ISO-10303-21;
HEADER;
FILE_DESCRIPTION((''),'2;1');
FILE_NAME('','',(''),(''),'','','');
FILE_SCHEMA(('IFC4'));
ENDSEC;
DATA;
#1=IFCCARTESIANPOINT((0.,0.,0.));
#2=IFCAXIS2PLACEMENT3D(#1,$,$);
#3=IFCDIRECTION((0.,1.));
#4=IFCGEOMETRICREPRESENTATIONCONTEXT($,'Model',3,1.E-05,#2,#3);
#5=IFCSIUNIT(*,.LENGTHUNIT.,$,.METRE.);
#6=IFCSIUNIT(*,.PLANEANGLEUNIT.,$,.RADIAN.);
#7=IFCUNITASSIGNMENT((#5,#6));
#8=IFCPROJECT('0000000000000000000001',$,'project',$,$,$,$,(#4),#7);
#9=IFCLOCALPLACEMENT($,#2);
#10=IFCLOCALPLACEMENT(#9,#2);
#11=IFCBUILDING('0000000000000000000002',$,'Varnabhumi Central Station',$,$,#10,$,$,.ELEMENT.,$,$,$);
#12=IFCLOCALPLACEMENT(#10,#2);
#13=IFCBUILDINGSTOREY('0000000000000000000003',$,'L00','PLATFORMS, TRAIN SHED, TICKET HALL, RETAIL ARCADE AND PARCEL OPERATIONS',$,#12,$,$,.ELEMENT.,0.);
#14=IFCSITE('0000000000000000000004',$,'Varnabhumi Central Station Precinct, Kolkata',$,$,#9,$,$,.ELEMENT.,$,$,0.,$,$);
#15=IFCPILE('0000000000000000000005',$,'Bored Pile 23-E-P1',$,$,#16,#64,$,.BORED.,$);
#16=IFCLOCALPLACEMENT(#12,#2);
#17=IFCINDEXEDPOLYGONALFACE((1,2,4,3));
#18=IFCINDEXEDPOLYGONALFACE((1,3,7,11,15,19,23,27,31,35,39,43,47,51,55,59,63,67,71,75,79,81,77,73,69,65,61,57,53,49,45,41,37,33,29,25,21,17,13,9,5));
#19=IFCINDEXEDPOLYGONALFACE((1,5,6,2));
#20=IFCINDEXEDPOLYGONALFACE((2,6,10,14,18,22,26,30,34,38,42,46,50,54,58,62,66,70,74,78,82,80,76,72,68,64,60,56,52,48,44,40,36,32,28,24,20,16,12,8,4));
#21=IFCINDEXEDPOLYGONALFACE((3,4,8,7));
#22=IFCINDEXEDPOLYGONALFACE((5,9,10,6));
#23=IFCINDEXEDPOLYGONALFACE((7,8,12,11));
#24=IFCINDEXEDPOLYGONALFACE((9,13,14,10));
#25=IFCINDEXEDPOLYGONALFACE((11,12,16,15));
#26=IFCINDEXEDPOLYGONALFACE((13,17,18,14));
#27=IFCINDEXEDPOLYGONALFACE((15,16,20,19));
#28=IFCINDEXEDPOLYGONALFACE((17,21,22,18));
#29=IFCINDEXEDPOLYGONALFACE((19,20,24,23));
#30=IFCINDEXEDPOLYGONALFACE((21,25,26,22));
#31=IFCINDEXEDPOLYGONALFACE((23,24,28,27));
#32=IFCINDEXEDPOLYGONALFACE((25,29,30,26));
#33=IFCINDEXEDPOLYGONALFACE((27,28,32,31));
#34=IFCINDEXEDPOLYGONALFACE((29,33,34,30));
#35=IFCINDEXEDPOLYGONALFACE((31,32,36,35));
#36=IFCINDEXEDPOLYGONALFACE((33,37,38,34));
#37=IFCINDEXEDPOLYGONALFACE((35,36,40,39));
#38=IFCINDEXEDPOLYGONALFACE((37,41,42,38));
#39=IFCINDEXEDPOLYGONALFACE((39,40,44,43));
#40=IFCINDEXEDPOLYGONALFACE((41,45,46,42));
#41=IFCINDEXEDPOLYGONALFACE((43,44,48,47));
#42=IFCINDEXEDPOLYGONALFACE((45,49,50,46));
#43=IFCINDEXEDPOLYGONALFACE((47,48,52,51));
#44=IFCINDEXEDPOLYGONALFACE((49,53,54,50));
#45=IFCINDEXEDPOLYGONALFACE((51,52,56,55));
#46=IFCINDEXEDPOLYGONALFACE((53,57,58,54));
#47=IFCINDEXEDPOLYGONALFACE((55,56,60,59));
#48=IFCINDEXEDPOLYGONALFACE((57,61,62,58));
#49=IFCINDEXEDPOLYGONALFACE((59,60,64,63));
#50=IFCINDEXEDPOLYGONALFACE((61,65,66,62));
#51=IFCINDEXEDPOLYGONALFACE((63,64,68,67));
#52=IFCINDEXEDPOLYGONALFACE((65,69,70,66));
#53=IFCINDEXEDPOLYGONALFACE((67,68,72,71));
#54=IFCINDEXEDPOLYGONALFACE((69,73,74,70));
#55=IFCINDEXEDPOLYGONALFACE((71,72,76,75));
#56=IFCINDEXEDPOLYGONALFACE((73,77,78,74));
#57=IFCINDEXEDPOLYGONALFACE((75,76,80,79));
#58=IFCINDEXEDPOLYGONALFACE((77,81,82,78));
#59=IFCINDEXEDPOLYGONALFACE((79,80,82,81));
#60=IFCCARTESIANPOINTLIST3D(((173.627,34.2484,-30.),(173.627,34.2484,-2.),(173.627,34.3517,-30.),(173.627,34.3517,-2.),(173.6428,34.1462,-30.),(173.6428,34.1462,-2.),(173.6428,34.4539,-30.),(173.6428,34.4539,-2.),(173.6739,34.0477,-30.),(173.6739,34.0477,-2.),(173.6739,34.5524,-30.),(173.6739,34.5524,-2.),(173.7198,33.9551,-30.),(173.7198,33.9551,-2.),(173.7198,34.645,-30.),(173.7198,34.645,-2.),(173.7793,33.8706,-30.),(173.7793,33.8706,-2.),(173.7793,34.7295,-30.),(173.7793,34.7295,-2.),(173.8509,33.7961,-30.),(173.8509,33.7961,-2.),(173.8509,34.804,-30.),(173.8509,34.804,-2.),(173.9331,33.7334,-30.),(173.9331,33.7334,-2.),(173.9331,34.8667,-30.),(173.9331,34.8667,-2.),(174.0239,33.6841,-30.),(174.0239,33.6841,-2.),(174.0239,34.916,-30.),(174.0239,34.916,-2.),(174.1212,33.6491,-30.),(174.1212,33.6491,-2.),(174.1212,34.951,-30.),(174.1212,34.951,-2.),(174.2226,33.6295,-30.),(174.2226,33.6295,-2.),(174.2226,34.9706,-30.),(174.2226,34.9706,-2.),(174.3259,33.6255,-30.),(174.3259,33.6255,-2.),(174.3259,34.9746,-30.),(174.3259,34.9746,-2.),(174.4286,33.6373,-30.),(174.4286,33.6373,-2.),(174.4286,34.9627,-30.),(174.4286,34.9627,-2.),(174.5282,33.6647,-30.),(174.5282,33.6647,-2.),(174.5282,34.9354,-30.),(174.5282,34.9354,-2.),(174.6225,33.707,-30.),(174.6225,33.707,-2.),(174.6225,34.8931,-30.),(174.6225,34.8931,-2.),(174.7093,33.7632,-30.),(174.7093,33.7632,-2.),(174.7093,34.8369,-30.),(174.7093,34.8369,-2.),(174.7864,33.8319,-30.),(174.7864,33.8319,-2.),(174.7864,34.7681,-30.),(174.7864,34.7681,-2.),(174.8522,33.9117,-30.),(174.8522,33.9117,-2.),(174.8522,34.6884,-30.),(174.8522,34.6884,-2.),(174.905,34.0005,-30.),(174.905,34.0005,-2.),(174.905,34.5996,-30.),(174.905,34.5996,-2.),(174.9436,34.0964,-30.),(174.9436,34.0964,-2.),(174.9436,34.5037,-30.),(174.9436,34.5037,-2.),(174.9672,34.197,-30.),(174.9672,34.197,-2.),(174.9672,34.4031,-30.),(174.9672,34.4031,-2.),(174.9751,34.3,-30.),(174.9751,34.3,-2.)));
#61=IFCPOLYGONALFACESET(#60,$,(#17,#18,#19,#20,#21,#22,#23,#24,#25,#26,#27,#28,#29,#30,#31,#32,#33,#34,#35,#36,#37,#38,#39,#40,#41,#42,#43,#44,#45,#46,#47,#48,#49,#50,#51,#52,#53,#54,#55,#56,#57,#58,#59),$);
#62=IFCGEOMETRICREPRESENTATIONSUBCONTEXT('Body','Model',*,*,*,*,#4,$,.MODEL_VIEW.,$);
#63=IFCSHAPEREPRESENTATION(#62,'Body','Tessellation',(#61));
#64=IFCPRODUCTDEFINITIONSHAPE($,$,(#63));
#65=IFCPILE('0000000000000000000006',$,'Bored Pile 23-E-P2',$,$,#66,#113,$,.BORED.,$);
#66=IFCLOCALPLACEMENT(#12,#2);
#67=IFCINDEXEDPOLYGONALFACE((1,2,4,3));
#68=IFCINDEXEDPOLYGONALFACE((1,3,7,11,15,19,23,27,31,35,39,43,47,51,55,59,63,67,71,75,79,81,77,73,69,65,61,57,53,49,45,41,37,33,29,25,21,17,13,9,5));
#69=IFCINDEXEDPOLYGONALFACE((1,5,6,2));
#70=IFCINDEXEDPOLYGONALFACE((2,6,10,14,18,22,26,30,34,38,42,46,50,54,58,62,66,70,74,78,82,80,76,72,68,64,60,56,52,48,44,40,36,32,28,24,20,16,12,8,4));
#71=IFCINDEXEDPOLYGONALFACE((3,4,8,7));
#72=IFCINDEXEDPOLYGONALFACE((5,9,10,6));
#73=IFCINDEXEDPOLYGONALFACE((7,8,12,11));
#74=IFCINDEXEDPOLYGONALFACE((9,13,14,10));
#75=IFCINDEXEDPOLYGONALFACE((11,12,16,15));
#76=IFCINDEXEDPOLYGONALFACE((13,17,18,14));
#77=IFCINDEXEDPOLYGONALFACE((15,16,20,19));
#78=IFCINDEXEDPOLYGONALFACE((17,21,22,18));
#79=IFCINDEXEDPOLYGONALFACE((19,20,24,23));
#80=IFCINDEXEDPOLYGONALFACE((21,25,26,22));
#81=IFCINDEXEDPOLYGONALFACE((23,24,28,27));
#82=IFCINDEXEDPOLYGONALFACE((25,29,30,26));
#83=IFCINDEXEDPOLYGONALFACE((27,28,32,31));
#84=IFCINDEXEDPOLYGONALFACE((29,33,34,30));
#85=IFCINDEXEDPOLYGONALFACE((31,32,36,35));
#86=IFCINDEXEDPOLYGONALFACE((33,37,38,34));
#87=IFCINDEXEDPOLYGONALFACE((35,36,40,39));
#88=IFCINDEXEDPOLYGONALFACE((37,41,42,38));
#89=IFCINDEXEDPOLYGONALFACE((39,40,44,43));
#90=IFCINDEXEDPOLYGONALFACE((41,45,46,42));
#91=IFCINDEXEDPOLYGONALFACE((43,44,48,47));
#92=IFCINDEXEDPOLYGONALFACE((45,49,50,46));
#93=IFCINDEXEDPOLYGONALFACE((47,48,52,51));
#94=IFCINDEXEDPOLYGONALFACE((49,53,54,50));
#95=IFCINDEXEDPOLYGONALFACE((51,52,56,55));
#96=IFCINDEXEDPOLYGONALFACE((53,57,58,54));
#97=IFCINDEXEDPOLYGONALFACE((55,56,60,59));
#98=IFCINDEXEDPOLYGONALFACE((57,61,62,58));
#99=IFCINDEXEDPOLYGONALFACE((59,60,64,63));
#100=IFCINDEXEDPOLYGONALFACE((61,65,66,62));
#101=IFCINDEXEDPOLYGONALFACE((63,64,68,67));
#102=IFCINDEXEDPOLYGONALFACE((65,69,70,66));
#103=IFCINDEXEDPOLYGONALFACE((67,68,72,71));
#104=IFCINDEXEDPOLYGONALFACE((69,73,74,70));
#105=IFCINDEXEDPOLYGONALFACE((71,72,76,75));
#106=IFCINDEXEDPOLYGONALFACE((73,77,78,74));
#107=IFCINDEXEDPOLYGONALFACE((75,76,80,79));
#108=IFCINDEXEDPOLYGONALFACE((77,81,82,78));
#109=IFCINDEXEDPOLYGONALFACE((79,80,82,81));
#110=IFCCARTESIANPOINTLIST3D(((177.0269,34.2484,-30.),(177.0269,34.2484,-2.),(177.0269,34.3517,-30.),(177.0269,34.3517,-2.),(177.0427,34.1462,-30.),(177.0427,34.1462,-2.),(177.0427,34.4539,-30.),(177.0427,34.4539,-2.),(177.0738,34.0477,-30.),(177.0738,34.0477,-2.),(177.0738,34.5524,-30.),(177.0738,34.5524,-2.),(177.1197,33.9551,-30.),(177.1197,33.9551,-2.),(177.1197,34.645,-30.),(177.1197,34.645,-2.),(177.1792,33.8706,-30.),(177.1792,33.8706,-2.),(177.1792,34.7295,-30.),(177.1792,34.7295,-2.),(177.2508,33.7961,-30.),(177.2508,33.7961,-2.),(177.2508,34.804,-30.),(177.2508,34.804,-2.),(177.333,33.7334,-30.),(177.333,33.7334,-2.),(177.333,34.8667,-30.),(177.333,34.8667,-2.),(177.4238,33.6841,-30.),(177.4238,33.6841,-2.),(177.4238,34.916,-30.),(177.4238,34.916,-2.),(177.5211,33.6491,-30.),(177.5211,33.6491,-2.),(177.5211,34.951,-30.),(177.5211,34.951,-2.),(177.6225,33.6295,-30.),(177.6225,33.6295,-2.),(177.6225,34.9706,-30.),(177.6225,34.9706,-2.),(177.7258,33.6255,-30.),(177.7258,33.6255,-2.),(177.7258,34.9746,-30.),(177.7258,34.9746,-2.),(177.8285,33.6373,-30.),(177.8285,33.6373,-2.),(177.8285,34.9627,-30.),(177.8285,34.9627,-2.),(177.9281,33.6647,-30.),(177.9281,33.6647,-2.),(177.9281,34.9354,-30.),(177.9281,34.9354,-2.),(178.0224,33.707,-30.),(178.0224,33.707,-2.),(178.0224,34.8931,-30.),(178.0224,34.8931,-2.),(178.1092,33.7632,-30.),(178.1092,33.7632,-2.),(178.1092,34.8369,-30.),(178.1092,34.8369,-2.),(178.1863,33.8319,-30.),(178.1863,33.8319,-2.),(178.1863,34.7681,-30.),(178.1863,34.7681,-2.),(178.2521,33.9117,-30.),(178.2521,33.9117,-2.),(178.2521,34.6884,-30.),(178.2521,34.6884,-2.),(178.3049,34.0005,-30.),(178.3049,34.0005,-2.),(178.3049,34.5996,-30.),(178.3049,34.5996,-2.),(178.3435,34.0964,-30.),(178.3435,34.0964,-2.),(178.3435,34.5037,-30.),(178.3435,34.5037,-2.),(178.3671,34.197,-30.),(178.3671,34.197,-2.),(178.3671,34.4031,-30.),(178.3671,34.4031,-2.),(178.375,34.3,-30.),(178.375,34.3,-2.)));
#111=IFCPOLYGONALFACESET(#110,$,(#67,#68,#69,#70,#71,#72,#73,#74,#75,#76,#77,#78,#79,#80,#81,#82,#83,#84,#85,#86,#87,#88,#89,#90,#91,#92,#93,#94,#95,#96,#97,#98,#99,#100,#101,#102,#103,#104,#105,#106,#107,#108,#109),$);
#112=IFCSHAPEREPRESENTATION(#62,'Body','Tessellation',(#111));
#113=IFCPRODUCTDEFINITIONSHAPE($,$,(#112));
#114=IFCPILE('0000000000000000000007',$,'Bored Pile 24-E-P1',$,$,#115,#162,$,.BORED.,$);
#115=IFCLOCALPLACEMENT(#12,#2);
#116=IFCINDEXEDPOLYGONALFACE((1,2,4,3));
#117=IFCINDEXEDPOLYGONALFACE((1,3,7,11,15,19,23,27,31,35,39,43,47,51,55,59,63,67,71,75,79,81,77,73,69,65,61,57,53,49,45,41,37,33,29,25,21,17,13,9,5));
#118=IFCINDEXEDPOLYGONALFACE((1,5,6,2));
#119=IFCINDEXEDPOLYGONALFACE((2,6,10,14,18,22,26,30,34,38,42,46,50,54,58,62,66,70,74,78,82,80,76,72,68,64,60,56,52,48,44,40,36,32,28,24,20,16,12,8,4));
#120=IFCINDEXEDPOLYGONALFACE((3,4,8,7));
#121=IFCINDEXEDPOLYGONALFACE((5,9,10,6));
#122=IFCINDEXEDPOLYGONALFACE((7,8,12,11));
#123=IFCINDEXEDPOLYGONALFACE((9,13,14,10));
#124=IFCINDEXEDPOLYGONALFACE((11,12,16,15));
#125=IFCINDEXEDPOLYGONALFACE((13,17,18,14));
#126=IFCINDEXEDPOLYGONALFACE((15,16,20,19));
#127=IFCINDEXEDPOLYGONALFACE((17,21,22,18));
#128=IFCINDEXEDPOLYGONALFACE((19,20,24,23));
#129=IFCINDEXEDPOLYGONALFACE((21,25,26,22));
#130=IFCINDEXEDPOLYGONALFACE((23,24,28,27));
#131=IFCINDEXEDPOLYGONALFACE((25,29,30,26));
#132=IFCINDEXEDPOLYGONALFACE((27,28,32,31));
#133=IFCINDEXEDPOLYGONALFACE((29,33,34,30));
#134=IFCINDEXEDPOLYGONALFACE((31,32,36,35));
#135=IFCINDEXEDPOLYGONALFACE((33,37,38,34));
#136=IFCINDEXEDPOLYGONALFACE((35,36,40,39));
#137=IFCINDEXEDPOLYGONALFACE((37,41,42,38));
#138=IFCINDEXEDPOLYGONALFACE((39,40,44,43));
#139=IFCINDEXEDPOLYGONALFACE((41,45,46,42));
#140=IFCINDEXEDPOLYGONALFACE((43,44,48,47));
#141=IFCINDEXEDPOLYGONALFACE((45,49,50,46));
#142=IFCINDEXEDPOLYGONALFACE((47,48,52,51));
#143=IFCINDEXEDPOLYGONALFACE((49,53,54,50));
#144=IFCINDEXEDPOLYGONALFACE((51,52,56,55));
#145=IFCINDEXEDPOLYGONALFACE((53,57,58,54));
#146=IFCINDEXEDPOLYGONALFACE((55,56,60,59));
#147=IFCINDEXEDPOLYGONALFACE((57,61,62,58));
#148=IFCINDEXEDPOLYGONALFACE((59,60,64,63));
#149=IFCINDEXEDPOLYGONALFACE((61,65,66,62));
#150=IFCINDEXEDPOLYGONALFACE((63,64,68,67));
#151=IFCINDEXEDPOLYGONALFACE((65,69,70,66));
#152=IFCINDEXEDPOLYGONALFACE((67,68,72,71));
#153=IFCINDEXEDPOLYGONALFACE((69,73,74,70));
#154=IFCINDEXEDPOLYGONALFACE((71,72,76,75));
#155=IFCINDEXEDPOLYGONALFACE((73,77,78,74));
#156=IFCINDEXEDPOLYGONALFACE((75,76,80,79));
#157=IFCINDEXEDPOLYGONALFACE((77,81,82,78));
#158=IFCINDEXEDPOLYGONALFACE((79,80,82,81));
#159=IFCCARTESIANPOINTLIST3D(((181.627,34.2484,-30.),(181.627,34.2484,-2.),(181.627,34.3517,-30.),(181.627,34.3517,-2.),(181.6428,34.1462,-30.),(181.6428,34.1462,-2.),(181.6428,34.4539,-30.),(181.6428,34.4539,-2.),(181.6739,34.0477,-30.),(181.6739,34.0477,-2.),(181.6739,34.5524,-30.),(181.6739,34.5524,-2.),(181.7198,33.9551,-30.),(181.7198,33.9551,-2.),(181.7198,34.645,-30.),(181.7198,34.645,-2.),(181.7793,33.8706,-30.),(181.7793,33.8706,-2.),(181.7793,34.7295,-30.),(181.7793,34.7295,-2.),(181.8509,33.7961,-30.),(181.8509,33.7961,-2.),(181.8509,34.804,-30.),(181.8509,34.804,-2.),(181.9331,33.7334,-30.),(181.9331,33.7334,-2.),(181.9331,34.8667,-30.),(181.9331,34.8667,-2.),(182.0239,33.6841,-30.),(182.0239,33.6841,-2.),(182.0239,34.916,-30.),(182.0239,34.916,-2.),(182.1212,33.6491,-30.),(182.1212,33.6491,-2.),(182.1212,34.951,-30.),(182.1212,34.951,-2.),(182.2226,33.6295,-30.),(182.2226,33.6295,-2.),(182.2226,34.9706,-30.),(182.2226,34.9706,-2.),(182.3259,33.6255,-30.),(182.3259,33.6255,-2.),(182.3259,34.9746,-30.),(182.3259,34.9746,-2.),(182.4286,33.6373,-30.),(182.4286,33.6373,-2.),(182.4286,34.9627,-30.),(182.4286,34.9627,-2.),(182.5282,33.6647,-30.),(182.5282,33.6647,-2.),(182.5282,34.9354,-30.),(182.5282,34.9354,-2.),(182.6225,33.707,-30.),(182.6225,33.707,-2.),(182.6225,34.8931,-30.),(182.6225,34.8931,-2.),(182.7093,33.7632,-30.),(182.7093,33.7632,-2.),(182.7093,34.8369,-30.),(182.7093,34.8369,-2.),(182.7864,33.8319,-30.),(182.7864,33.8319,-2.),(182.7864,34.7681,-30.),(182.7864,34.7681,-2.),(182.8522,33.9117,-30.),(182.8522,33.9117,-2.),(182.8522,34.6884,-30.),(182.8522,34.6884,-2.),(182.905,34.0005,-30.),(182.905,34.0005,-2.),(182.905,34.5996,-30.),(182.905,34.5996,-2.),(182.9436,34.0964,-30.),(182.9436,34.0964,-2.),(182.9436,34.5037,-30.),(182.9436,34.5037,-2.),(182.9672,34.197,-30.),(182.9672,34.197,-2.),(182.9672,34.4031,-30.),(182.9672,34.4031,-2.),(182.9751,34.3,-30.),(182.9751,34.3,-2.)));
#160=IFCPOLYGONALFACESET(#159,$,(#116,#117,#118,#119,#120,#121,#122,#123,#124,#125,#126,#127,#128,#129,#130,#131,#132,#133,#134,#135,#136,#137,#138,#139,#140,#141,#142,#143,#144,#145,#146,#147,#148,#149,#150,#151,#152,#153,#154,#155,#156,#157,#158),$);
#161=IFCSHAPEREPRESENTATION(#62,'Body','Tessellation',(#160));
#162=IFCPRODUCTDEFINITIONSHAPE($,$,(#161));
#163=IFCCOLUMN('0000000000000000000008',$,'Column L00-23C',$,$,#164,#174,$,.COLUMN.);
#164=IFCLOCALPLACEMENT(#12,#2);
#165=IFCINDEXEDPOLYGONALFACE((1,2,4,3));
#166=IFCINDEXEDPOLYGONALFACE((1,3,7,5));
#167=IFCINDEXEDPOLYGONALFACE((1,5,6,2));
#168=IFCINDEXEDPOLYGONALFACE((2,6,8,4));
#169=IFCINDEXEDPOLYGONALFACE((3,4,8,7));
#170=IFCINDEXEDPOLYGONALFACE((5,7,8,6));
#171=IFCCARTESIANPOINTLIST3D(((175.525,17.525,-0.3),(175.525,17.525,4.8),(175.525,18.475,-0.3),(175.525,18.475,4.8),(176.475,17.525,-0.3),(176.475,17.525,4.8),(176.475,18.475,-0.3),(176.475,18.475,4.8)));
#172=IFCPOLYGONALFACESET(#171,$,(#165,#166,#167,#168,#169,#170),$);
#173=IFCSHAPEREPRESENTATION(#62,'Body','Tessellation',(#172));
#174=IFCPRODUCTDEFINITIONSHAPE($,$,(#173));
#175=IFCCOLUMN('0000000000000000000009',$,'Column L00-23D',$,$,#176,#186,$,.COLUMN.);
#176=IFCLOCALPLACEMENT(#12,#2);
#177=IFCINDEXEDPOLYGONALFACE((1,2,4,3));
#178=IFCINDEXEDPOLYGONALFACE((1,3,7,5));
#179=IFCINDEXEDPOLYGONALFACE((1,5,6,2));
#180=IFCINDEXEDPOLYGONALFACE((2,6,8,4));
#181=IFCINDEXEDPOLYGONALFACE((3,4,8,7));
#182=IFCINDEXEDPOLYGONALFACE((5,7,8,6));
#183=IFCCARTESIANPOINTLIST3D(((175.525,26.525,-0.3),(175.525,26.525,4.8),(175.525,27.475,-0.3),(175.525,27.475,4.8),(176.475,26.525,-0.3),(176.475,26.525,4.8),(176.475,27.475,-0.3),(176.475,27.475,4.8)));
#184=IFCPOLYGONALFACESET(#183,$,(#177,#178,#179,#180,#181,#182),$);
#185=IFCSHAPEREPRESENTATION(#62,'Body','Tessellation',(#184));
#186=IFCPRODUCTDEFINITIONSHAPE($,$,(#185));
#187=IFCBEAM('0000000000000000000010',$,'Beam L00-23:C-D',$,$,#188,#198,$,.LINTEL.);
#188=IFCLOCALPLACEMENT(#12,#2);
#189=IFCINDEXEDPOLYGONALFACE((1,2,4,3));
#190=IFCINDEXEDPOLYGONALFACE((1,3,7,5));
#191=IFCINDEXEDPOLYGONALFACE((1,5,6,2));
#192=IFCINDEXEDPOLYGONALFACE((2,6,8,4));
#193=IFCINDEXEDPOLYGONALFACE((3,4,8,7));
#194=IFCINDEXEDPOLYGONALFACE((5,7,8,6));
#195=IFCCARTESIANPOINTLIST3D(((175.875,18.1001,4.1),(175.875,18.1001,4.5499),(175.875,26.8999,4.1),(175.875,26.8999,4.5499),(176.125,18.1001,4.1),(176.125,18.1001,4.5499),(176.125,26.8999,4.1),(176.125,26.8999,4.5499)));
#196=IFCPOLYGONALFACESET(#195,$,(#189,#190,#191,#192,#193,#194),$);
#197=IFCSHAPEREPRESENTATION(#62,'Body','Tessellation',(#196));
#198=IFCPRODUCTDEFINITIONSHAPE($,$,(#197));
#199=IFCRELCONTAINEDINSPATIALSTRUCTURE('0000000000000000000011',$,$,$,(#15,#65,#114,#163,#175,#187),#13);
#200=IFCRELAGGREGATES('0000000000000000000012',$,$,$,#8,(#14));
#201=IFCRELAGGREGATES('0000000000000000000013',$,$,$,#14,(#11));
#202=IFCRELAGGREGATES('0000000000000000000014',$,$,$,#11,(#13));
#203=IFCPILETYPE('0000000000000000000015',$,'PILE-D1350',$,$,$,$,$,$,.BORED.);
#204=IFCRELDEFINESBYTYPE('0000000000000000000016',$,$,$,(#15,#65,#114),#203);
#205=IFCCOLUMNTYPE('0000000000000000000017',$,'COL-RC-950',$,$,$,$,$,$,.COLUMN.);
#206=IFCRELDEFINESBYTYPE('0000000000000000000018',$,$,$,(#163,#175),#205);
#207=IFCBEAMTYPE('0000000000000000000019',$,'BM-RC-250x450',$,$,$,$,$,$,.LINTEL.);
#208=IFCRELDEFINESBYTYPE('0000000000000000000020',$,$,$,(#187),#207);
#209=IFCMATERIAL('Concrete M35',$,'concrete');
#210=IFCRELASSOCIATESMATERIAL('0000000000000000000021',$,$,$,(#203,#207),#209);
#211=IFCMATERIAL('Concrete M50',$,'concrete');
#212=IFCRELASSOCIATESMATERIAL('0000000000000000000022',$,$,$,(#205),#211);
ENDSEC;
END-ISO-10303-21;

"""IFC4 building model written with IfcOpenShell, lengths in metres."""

from ifc_helpers import new_model, si_unit, direction, frame, origin, origin_2d, place, context, subcontext, project, spatial, rectangle, circle, extrude, material, material_profile, profile_set, type_object, element, save


model = new_model("IFC4")

# Units and contexts
model_context = context("Model", 3, precision=1e-05, world=origin(), true_north=direction((0.0, 1.0)))
body_context = subcontext(model_context, "Body", "Model", "MODEL_VIEW")
ifc_project = project(units=[si_unit("LENGTHUNIT", "METRE"), si_unit("PLANEANGLEUNIT", "RADIAN")], contexts=[model_context])

# Site, building, storey
site_placement = place(None, origin())
site = spatial("IfcSite", under=ifc_project, at=site_placement, Name="Varnabhumi Central Station Precinct, Kolkata", CompositionType="ELEMENT", RefElevation=0.0)
building_placement = place(site_placement, origin())
building = spatial("IfcBuilding", under=site, at=building_placement, Name="Varnabhumi Central Station", CompositionType="ELEMENT")
storey_placement = place(building_placement, origin())
storey = spatial("IfcBuildingStorey", under=building, at=storey_placement, Name="L00", Description="PLATFORMS, TRAIN SHED, TICKET HALL, RETAIL ARCADE AND PARCEL OPERATIONS", CompositionType="ELEMENT", Elevation=0.0)

# Piles
ifc_material_1 = material(Name="Concrete M35", Category="concrete")
ifc_material_profile_1 = material_profile(ifc_material_1, circle(Radius=0.675, at=origin_2d()), Name="Concrete M35", Category="concrete")
ifc_profile_set_1 = profile_set([ifc_material_profile_1], Name="Concrete M35")
pile_type_1 = type_object("IfcPileType", Name="PILE-D1350", PredefinedType="BORED", material=ifc_profile_set_1)
for number, where, z_axis, x_axis, name in (
    (1, (174.3, 34.3, -2.0), (0.0, 0.0, -1.0), (1.0, 0.0, 0.0), "Bored Pile 23-E-P1"),
    (2, (177.7, 34.3, -2.0), (0.0, 0.0, -1.0), (1.0, 0.0, 0.0), "Bored Pile 23-E-P2"),
    (3, (182.3, 34.3, -2.0), (0.0, 0.0, -1.0), (1.0, 0.0, 0.0), "Bored Pile 24-E-P1"),
):
    element("IfcPile", number, at=place(storey_placement, frame(where, z_axis=z_axis, x_axis=x_axis)), inside=storey, type_object=pile_type_1, Name=name, PredefinedType="BORED", context=body_context, shape_type="SweptSolid", body=[
        extrude(circle(Radius=0.675, at=origin_2d()), origin(), (0.0, 0.0, 1.0), 28.0),
    ])

# Columns
ifc_material_2 = material(Name="Concrete M50", Category="concrete")
ifc_material_profile_2 = material_profile(ifc_material_2, rectangle(XDim=0.95, YDim=0.95, at=origin_2d()), Name="Concrete M50", Category="concrete")
ifc_profile_set_2 = profile_set([ifc_material_profile_2], Name="Concrete M50")
column_type = type_object("IfcColumnType", Name="COL-RC-950", PredefinedType="COLUMN", material=ifc_profile_set_2)
for number, where, z_axis, x_axis, name in (
    (4, (176.0, 18.0, -0.3), (0.0, 0.0, 1.0), (1.0, 0.0, 0.0), "Column L00-23C"),
    (5, (176.0, 27.0, -0.3), (0.0, 0.0, 1.0), (1.0, 0.0, 0.0), "Column L00-23D"),
):
    element("IfcColumn", number, at=place(storey_placement, frame(where, z_axis=z_axis, x_axis=x_axis)), inside=storey, type_object=column_type, Name=name, PredefinedType="COLUMN", context=body_context, shape_type="SweptSolid", body=[
        extrude(rectangle(XDim=0.95, YDim=0.95, at=origin_2d()), origin(), (0.0, 0.0, 1.0), 5.1001),
    ])

# Beam
ifc_material_profile_3 = material_profile(ifc_material_1, rectangle(XDim=0.25, YDim=0.45, at=origin_2d()), Name="Concrete M35", Category="concrete")
ifc_profile_set_3 = profile_set([ifc_material_profile_3], Name="Concrete M35")
beam_type_1 = type_object("IfcBeamType", Name="BM-RC-250x450", PredefinedType="LINTEL", material=ifc_profile_set_3)
for number, where, z_axis, x_axis, name in (
    (6, (176.0, 18.1001, 4.325), (0.0, 1.0, 0.0), (-1.0, 0.0, 0.0), "Beam L00-23:C-D"),
):
    element("IfcBeam", number, at=place(storey_placement, frame(where, z_axis=z_axis, x_axis=x_axis)), inside=storey, type_object=beam_type_1, Name=name, PredefinedType="LINTEL", context=body_context, shape_type="SweptSolid", body=[
        extrude(rectangle(XDim=0.25, YDim=0.45, at=origin_2d()), origin(), (0.0, 0.0, 1.0), 8.7998),
    ])

save(model, "model.ifc")
